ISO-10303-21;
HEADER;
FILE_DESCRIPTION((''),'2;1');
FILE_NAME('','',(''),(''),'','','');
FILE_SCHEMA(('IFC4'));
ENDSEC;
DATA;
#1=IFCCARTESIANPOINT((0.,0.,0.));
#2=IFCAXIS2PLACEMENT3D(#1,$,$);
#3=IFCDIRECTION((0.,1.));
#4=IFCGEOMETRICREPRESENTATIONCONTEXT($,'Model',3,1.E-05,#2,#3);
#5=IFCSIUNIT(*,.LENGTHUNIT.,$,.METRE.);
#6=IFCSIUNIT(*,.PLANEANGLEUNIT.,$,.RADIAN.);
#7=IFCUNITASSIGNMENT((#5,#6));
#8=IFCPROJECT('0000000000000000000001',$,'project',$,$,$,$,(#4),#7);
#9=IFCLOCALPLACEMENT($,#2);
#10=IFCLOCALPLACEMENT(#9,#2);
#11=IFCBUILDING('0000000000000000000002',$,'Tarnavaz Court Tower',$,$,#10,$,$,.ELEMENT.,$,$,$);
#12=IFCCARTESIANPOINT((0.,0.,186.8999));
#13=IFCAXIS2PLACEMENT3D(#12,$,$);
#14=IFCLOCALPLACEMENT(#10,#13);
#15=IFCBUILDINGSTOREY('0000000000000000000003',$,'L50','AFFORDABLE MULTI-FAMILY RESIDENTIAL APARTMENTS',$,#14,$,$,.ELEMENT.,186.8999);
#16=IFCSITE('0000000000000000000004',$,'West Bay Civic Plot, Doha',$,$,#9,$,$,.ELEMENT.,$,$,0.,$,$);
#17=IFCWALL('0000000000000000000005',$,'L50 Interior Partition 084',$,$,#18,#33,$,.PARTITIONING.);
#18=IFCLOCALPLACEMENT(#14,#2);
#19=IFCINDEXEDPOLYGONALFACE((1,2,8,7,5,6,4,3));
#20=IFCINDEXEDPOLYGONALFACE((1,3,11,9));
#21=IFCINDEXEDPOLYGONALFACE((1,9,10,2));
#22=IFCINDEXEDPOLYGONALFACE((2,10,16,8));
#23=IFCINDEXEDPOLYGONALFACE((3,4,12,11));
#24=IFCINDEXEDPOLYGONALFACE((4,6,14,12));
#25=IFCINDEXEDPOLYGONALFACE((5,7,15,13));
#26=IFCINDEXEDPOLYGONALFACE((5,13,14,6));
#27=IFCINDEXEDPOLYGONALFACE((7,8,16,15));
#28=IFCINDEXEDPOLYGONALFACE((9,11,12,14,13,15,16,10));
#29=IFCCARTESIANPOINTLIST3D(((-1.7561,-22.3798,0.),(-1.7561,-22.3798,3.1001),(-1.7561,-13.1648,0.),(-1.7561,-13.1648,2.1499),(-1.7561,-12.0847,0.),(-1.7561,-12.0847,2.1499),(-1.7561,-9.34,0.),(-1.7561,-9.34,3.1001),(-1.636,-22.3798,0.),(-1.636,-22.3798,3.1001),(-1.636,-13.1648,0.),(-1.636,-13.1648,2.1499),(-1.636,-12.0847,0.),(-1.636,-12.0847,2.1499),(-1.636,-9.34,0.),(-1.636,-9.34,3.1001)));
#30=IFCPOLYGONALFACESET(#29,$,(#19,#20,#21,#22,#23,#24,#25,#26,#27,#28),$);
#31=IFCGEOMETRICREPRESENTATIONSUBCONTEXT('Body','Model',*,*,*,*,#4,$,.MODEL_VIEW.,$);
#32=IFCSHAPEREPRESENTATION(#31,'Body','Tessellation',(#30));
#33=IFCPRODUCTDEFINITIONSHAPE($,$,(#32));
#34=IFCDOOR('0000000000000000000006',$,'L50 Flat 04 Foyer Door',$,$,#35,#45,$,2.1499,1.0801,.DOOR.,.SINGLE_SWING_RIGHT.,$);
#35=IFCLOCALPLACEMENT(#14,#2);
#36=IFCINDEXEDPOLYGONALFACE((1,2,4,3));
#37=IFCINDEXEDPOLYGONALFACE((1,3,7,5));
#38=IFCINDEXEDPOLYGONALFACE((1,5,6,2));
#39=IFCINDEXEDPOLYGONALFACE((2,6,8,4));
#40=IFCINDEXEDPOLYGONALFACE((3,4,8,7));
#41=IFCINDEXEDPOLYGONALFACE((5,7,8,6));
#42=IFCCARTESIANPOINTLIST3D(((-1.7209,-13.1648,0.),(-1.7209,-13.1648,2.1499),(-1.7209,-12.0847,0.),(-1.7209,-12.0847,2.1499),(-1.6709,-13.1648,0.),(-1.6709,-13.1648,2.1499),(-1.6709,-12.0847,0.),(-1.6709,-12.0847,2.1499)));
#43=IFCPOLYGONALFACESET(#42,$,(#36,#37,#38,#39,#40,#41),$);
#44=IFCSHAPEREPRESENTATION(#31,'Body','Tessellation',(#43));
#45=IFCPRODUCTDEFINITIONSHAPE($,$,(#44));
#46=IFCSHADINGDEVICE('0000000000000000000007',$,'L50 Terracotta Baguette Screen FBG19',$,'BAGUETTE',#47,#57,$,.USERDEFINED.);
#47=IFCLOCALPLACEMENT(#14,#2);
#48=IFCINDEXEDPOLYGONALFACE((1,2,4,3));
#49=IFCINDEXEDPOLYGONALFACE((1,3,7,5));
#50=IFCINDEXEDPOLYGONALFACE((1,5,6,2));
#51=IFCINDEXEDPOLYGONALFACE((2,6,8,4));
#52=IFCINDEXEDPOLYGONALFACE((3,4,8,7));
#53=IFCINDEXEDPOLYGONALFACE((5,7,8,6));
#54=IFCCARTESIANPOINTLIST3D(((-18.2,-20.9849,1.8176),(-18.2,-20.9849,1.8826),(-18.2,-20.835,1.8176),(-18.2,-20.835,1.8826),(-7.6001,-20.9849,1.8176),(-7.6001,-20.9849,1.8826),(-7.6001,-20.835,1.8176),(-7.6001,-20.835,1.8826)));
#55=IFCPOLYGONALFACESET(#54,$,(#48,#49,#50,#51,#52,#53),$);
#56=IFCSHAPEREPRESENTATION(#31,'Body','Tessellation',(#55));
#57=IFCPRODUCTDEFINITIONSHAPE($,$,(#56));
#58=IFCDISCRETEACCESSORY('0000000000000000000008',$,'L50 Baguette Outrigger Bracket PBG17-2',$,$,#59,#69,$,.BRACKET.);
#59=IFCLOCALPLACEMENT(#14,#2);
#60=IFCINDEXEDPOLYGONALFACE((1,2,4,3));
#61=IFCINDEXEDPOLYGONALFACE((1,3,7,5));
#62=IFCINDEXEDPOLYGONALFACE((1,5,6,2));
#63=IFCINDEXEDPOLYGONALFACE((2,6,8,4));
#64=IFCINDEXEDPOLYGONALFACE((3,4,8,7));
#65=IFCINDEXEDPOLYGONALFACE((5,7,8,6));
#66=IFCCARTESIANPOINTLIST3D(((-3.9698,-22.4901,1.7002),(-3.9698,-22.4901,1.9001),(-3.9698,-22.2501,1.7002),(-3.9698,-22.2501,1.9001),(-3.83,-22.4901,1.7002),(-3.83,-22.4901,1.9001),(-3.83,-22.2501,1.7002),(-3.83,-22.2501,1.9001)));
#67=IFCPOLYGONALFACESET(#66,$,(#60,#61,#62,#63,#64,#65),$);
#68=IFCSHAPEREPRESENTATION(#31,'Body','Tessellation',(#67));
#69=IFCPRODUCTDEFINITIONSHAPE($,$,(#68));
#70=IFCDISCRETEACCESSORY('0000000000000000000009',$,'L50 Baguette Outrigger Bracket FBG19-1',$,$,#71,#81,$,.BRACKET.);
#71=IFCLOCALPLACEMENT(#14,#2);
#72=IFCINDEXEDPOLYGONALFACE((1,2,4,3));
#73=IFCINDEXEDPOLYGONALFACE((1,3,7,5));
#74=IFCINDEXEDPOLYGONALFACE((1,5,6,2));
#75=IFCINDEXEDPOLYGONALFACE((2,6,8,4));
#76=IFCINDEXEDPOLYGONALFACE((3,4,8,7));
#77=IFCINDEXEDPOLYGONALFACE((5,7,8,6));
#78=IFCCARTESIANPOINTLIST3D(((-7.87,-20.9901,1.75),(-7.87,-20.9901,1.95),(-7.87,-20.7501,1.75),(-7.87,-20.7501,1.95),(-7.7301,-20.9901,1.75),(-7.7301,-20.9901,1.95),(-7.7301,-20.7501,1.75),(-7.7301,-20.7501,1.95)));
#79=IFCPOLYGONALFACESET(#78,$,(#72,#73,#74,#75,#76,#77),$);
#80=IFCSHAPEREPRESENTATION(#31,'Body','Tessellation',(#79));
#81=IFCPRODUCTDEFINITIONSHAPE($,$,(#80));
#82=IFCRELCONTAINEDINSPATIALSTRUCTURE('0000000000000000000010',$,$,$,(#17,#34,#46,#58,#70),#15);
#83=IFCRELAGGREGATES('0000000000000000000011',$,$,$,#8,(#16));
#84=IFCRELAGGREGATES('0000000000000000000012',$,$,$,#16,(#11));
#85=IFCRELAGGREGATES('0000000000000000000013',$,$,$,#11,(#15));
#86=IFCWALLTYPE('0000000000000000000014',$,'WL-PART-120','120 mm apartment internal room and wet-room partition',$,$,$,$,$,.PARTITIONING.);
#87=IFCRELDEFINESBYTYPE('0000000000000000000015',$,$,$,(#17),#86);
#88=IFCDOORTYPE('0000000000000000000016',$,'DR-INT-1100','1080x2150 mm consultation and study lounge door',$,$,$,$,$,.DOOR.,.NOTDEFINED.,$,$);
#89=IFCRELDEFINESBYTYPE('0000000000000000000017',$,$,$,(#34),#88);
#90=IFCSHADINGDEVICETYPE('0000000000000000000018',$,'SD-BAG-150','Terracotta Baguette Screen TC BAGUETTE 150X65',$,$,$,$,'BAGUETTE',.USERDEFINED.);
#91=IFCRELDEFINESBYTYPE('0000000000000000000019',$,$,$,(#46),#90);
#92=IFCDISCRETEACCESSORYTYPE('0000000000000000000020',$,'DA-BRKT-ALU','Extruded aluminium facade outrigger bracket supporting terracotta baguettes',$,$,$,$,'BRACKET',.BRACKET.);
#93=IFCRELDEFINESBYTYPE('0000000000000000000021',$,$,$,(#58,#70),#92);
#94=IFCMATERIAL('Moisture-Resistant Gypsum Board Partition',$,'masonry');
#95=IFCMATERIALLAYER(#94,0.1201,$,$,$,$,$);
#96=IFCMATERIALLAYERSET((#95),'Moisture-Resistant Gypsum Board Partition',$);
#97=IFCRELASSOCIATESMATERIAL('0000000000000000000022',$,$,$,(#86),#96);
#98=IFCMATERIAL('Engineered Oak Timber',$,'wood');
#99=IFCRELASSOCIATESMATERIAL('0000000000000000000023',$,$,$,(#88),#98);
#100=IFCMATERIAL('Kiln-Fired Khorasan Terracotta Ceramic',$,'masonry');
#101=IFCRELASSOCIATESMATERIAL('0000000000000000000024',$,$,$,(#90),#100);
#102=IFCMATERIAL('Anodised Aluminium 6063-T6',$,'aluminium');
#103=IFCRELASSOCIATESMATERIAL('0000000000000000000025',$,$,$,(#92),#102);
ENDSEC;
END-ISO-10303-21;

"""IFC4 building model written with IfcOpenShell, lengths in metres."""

from ifc_helpers import new_model, si_unit, direction, frame, frame_2d, origin, origin_2d, place, context, subcontext, project, spatial, rectangle, extrude, material, layer, layer_set, material_profile, profile_set, type_object, element, fill, save


model = new_model("IFC4")

# Units and contexts
model_context = context("Model", 3, precision=1e-05, world=origin(), true_north=direction((0.0, 1.0)))
body_context = subcontext(model_context, "Body", "Model", "MODEL_VIEW")
ifc_project = project(units=[si_unit("LENGTHUNIT", "METRE"), si_unit("PLANEANGLEUNIT", "RADIAN")], contexts=[model_context])

# Site, building, storey
site_placement = place(None, origin())
site = spatial("IfcSite", under=ifc_project, at=site_placement, Name="West Bay Civic Plot, Doha", CompositionType="ELEMENT", RefElevation=0.0)
building_placement = place(site_placement, origin())
building = spatial("IfcBuilding", under=site, at=building_placement, Name="Tarnavaz Court Tower", CompositionType="ELEMENT")
storey_placement = place(building_placement, frame((0.0, 0.0, 186.8999)))
storey = spatial("IfcBuildingStorey", under=building, at=storey_placement, Name="L50", Description="AFFORDABLE MULTI-FAMILY RESIDENTIAL APARTMENTS", CompositionType="ELEMENT", Elevation=186.8999)

# Shared definitions
ifc_material_1 = material(Name="Anodised Aluminium 6063-T6", Category="aluminium")

# Wall, opening, door
ifc_material_2 = material(Name="Moisture-Resistant Gypsum Board Partition", Category="masonry")
ifc_layer_1 = layer(ifc_material_2, 0.1201)
ifc_layer_set_1 = layer_set([ifc_layer_1], Name="Moisture-Resistant Gypsum Board Partition")
wall_type_1 = type_object("IfcWallType", Name="WL-PART-120", Description="120 mm apartment internal room and wet-room partition", PredefinedType="PARTITIONING", material=ifc_layer_set_1)
ifc_material_3 = material(Name="Engineered Oak Timber", Category="wood")
wall_1_placement = place(storey_placement, frame((-1.696, -22.3799, 0.0), z_axis=(0.0, 0.0, 1.0), x_axis=(0.0, 1.0, 0.0)))
wall_1 = element("IfcWall", 1, at=wall_1_placement, inside=storey, type_object=wall_type_1, Name="L50 Interior Partition 084", PredefinedType="PARTITIONING", context=body_context, shape_type="SweptSolid", body=[
    extrude(rectangle(XDim=13.0398, YDim=0.1201, at=frame_2d((6.52, 0.0))), origin(), (0.0, 0.0, 1.0), 3.1001),
])
opening_1_placement = place(wall_1_placement, frame((9.2151, 0.0, 0.0)))
opening_1 = element("IfcOpeningElement", 2, at=opening_1_placement, cuts=wall_1, PredefinedType="OPENING", context=body_context, shape_type="SweptSolid", body=[
    extrude(rectangle(XDim=1.0801, YDim=2.1499, at=frame_2d((0.54, 1.075))), frame((0.0, 0.0701, 0.0), z_axis=(0.0, -1.0, 0.0), x_axis=(1.0, 0.0, 0.0)), (0.0, 0.0, 1.0), 0.1401),
])
door_type_1 = type_object("IfcDoorType", Name="DR-INT-1100", Description="1080x2150 mm consultation and study lounge door", OperationType="NOTDEFINED", PredefinedType="DOOR", material=ifc_material_3)
door_1_placement = place(opening_1_placement, origin())
door_1 = element("IfcDoor", 3, at=door_1_placement, inside=storey, type_object=door_type_1, Name="L50 Flat 04 Foyer Door", OperationType="SINGLE_SWING_RIGHT", OverallHeight=2.1499, OverallWidth=1.0801, PredefinedType="DOOR", context=body_context, shape_type="SweptSolid", body=[
    extrude(rectangle(XDim=1.0801, YDim=2.1499, at=frame_2d((0.54, 1.075))), frame((0.0, 0.0249, 0.0), z_axis=(0.0, -1.0, 0.0), x_axis=(1.0, 0.0, 0.0)), (0.0, 0.0, 1.0), 0.05),
])
fill(opening_1, door_1)

# Shading device
ifc_material_4 = material(Name="Kiln-Fired Khorasan Terracotta Ceramic", Category="masonry")
ifc_material_profile_1 = material_profile(ifc_material_4, rectangle(XDim=0.1499, YDim=0.0649, at=origin_2d()), Name="TC BAGUETTE 150X65")
ifc_profile_set_1 = profile_set([ifc_material_profile_1], Name="Kiln-Fired Khorasan Terracotta Ceramic")
shading_device_type = type_object("IfcShadingDeviceType", Name="SD-BAG-150", Description="Terracotta Baguette Screen TC BAGUETTE 150X65", ElementType="BAGUETTE", PredefinedType="USERDEFINED", material=ifc_profile_set_1)
shading_device_placement = place(storey_placement, frame((-7.6001, -20.9099, 1.8501), z_axis=(-1.0, 0.0, 0.0), x_axis=(0.0, -1.0, 0.0)))
element("IfcShadingDevice", 4, at=shading_device_placement, inside=storey, type_object=shading_device_type, Name="L50 Terracotta Baguette Screen FBG19", ObjectType="BAGUETTE", PredefinedType="USERDEFINED", context=body_context, shape_type="SweptSolid", body=[
    extrude(rectangle(XDim=0.1499, YDim=0.0649, at=origin_2d()), origin(), (0.0, 0.0, 1.0), 10.5999),
])

# Discrete accessories
discrete_accessory_type = type_object("IfcDiscreteAccessoryType", Name="DA-BRKT-ALU", Description="Extruded aluminium facade outrigger bracket supporting terracotta baguettes", ElementType="BRACKET", PredefinedType="BRACKET", material=ifc_material_1)
for number, where, z_axis, x_axis, name in (
    (5, (-3.8999, -22.3701, 1.7002), (0.0, 0.0, 1.0), (-1.0, 0.0, 0.0), "L50 Baguette Outrigger Bracket PBG17-2"),
    (6, (-7.8, -20.8701, 1.75), (0.0, 0.0, 1.0), (-1.0, 0.0, 0.0), "L50 Baguette Outrigger Bracket FBG19-1"),
):
    element("IfcDiscreteAccessory", number, at=place(storey_placement, frame(where, z_axis=z_axis, x_axis=x_axis)), inside=storey, type_object=discrete_accessory_type, Name=name, PredefinedType="BRACKET", context=body_context, shape_type="SweptSolid", body=[
        extrude(rectangle(XDim=0.1399, YDim=0.24, at=origin_2d()), origin(), (0.0, 0.0, 1.0), 0.2),
    ])

save(model, "model.ifc")
